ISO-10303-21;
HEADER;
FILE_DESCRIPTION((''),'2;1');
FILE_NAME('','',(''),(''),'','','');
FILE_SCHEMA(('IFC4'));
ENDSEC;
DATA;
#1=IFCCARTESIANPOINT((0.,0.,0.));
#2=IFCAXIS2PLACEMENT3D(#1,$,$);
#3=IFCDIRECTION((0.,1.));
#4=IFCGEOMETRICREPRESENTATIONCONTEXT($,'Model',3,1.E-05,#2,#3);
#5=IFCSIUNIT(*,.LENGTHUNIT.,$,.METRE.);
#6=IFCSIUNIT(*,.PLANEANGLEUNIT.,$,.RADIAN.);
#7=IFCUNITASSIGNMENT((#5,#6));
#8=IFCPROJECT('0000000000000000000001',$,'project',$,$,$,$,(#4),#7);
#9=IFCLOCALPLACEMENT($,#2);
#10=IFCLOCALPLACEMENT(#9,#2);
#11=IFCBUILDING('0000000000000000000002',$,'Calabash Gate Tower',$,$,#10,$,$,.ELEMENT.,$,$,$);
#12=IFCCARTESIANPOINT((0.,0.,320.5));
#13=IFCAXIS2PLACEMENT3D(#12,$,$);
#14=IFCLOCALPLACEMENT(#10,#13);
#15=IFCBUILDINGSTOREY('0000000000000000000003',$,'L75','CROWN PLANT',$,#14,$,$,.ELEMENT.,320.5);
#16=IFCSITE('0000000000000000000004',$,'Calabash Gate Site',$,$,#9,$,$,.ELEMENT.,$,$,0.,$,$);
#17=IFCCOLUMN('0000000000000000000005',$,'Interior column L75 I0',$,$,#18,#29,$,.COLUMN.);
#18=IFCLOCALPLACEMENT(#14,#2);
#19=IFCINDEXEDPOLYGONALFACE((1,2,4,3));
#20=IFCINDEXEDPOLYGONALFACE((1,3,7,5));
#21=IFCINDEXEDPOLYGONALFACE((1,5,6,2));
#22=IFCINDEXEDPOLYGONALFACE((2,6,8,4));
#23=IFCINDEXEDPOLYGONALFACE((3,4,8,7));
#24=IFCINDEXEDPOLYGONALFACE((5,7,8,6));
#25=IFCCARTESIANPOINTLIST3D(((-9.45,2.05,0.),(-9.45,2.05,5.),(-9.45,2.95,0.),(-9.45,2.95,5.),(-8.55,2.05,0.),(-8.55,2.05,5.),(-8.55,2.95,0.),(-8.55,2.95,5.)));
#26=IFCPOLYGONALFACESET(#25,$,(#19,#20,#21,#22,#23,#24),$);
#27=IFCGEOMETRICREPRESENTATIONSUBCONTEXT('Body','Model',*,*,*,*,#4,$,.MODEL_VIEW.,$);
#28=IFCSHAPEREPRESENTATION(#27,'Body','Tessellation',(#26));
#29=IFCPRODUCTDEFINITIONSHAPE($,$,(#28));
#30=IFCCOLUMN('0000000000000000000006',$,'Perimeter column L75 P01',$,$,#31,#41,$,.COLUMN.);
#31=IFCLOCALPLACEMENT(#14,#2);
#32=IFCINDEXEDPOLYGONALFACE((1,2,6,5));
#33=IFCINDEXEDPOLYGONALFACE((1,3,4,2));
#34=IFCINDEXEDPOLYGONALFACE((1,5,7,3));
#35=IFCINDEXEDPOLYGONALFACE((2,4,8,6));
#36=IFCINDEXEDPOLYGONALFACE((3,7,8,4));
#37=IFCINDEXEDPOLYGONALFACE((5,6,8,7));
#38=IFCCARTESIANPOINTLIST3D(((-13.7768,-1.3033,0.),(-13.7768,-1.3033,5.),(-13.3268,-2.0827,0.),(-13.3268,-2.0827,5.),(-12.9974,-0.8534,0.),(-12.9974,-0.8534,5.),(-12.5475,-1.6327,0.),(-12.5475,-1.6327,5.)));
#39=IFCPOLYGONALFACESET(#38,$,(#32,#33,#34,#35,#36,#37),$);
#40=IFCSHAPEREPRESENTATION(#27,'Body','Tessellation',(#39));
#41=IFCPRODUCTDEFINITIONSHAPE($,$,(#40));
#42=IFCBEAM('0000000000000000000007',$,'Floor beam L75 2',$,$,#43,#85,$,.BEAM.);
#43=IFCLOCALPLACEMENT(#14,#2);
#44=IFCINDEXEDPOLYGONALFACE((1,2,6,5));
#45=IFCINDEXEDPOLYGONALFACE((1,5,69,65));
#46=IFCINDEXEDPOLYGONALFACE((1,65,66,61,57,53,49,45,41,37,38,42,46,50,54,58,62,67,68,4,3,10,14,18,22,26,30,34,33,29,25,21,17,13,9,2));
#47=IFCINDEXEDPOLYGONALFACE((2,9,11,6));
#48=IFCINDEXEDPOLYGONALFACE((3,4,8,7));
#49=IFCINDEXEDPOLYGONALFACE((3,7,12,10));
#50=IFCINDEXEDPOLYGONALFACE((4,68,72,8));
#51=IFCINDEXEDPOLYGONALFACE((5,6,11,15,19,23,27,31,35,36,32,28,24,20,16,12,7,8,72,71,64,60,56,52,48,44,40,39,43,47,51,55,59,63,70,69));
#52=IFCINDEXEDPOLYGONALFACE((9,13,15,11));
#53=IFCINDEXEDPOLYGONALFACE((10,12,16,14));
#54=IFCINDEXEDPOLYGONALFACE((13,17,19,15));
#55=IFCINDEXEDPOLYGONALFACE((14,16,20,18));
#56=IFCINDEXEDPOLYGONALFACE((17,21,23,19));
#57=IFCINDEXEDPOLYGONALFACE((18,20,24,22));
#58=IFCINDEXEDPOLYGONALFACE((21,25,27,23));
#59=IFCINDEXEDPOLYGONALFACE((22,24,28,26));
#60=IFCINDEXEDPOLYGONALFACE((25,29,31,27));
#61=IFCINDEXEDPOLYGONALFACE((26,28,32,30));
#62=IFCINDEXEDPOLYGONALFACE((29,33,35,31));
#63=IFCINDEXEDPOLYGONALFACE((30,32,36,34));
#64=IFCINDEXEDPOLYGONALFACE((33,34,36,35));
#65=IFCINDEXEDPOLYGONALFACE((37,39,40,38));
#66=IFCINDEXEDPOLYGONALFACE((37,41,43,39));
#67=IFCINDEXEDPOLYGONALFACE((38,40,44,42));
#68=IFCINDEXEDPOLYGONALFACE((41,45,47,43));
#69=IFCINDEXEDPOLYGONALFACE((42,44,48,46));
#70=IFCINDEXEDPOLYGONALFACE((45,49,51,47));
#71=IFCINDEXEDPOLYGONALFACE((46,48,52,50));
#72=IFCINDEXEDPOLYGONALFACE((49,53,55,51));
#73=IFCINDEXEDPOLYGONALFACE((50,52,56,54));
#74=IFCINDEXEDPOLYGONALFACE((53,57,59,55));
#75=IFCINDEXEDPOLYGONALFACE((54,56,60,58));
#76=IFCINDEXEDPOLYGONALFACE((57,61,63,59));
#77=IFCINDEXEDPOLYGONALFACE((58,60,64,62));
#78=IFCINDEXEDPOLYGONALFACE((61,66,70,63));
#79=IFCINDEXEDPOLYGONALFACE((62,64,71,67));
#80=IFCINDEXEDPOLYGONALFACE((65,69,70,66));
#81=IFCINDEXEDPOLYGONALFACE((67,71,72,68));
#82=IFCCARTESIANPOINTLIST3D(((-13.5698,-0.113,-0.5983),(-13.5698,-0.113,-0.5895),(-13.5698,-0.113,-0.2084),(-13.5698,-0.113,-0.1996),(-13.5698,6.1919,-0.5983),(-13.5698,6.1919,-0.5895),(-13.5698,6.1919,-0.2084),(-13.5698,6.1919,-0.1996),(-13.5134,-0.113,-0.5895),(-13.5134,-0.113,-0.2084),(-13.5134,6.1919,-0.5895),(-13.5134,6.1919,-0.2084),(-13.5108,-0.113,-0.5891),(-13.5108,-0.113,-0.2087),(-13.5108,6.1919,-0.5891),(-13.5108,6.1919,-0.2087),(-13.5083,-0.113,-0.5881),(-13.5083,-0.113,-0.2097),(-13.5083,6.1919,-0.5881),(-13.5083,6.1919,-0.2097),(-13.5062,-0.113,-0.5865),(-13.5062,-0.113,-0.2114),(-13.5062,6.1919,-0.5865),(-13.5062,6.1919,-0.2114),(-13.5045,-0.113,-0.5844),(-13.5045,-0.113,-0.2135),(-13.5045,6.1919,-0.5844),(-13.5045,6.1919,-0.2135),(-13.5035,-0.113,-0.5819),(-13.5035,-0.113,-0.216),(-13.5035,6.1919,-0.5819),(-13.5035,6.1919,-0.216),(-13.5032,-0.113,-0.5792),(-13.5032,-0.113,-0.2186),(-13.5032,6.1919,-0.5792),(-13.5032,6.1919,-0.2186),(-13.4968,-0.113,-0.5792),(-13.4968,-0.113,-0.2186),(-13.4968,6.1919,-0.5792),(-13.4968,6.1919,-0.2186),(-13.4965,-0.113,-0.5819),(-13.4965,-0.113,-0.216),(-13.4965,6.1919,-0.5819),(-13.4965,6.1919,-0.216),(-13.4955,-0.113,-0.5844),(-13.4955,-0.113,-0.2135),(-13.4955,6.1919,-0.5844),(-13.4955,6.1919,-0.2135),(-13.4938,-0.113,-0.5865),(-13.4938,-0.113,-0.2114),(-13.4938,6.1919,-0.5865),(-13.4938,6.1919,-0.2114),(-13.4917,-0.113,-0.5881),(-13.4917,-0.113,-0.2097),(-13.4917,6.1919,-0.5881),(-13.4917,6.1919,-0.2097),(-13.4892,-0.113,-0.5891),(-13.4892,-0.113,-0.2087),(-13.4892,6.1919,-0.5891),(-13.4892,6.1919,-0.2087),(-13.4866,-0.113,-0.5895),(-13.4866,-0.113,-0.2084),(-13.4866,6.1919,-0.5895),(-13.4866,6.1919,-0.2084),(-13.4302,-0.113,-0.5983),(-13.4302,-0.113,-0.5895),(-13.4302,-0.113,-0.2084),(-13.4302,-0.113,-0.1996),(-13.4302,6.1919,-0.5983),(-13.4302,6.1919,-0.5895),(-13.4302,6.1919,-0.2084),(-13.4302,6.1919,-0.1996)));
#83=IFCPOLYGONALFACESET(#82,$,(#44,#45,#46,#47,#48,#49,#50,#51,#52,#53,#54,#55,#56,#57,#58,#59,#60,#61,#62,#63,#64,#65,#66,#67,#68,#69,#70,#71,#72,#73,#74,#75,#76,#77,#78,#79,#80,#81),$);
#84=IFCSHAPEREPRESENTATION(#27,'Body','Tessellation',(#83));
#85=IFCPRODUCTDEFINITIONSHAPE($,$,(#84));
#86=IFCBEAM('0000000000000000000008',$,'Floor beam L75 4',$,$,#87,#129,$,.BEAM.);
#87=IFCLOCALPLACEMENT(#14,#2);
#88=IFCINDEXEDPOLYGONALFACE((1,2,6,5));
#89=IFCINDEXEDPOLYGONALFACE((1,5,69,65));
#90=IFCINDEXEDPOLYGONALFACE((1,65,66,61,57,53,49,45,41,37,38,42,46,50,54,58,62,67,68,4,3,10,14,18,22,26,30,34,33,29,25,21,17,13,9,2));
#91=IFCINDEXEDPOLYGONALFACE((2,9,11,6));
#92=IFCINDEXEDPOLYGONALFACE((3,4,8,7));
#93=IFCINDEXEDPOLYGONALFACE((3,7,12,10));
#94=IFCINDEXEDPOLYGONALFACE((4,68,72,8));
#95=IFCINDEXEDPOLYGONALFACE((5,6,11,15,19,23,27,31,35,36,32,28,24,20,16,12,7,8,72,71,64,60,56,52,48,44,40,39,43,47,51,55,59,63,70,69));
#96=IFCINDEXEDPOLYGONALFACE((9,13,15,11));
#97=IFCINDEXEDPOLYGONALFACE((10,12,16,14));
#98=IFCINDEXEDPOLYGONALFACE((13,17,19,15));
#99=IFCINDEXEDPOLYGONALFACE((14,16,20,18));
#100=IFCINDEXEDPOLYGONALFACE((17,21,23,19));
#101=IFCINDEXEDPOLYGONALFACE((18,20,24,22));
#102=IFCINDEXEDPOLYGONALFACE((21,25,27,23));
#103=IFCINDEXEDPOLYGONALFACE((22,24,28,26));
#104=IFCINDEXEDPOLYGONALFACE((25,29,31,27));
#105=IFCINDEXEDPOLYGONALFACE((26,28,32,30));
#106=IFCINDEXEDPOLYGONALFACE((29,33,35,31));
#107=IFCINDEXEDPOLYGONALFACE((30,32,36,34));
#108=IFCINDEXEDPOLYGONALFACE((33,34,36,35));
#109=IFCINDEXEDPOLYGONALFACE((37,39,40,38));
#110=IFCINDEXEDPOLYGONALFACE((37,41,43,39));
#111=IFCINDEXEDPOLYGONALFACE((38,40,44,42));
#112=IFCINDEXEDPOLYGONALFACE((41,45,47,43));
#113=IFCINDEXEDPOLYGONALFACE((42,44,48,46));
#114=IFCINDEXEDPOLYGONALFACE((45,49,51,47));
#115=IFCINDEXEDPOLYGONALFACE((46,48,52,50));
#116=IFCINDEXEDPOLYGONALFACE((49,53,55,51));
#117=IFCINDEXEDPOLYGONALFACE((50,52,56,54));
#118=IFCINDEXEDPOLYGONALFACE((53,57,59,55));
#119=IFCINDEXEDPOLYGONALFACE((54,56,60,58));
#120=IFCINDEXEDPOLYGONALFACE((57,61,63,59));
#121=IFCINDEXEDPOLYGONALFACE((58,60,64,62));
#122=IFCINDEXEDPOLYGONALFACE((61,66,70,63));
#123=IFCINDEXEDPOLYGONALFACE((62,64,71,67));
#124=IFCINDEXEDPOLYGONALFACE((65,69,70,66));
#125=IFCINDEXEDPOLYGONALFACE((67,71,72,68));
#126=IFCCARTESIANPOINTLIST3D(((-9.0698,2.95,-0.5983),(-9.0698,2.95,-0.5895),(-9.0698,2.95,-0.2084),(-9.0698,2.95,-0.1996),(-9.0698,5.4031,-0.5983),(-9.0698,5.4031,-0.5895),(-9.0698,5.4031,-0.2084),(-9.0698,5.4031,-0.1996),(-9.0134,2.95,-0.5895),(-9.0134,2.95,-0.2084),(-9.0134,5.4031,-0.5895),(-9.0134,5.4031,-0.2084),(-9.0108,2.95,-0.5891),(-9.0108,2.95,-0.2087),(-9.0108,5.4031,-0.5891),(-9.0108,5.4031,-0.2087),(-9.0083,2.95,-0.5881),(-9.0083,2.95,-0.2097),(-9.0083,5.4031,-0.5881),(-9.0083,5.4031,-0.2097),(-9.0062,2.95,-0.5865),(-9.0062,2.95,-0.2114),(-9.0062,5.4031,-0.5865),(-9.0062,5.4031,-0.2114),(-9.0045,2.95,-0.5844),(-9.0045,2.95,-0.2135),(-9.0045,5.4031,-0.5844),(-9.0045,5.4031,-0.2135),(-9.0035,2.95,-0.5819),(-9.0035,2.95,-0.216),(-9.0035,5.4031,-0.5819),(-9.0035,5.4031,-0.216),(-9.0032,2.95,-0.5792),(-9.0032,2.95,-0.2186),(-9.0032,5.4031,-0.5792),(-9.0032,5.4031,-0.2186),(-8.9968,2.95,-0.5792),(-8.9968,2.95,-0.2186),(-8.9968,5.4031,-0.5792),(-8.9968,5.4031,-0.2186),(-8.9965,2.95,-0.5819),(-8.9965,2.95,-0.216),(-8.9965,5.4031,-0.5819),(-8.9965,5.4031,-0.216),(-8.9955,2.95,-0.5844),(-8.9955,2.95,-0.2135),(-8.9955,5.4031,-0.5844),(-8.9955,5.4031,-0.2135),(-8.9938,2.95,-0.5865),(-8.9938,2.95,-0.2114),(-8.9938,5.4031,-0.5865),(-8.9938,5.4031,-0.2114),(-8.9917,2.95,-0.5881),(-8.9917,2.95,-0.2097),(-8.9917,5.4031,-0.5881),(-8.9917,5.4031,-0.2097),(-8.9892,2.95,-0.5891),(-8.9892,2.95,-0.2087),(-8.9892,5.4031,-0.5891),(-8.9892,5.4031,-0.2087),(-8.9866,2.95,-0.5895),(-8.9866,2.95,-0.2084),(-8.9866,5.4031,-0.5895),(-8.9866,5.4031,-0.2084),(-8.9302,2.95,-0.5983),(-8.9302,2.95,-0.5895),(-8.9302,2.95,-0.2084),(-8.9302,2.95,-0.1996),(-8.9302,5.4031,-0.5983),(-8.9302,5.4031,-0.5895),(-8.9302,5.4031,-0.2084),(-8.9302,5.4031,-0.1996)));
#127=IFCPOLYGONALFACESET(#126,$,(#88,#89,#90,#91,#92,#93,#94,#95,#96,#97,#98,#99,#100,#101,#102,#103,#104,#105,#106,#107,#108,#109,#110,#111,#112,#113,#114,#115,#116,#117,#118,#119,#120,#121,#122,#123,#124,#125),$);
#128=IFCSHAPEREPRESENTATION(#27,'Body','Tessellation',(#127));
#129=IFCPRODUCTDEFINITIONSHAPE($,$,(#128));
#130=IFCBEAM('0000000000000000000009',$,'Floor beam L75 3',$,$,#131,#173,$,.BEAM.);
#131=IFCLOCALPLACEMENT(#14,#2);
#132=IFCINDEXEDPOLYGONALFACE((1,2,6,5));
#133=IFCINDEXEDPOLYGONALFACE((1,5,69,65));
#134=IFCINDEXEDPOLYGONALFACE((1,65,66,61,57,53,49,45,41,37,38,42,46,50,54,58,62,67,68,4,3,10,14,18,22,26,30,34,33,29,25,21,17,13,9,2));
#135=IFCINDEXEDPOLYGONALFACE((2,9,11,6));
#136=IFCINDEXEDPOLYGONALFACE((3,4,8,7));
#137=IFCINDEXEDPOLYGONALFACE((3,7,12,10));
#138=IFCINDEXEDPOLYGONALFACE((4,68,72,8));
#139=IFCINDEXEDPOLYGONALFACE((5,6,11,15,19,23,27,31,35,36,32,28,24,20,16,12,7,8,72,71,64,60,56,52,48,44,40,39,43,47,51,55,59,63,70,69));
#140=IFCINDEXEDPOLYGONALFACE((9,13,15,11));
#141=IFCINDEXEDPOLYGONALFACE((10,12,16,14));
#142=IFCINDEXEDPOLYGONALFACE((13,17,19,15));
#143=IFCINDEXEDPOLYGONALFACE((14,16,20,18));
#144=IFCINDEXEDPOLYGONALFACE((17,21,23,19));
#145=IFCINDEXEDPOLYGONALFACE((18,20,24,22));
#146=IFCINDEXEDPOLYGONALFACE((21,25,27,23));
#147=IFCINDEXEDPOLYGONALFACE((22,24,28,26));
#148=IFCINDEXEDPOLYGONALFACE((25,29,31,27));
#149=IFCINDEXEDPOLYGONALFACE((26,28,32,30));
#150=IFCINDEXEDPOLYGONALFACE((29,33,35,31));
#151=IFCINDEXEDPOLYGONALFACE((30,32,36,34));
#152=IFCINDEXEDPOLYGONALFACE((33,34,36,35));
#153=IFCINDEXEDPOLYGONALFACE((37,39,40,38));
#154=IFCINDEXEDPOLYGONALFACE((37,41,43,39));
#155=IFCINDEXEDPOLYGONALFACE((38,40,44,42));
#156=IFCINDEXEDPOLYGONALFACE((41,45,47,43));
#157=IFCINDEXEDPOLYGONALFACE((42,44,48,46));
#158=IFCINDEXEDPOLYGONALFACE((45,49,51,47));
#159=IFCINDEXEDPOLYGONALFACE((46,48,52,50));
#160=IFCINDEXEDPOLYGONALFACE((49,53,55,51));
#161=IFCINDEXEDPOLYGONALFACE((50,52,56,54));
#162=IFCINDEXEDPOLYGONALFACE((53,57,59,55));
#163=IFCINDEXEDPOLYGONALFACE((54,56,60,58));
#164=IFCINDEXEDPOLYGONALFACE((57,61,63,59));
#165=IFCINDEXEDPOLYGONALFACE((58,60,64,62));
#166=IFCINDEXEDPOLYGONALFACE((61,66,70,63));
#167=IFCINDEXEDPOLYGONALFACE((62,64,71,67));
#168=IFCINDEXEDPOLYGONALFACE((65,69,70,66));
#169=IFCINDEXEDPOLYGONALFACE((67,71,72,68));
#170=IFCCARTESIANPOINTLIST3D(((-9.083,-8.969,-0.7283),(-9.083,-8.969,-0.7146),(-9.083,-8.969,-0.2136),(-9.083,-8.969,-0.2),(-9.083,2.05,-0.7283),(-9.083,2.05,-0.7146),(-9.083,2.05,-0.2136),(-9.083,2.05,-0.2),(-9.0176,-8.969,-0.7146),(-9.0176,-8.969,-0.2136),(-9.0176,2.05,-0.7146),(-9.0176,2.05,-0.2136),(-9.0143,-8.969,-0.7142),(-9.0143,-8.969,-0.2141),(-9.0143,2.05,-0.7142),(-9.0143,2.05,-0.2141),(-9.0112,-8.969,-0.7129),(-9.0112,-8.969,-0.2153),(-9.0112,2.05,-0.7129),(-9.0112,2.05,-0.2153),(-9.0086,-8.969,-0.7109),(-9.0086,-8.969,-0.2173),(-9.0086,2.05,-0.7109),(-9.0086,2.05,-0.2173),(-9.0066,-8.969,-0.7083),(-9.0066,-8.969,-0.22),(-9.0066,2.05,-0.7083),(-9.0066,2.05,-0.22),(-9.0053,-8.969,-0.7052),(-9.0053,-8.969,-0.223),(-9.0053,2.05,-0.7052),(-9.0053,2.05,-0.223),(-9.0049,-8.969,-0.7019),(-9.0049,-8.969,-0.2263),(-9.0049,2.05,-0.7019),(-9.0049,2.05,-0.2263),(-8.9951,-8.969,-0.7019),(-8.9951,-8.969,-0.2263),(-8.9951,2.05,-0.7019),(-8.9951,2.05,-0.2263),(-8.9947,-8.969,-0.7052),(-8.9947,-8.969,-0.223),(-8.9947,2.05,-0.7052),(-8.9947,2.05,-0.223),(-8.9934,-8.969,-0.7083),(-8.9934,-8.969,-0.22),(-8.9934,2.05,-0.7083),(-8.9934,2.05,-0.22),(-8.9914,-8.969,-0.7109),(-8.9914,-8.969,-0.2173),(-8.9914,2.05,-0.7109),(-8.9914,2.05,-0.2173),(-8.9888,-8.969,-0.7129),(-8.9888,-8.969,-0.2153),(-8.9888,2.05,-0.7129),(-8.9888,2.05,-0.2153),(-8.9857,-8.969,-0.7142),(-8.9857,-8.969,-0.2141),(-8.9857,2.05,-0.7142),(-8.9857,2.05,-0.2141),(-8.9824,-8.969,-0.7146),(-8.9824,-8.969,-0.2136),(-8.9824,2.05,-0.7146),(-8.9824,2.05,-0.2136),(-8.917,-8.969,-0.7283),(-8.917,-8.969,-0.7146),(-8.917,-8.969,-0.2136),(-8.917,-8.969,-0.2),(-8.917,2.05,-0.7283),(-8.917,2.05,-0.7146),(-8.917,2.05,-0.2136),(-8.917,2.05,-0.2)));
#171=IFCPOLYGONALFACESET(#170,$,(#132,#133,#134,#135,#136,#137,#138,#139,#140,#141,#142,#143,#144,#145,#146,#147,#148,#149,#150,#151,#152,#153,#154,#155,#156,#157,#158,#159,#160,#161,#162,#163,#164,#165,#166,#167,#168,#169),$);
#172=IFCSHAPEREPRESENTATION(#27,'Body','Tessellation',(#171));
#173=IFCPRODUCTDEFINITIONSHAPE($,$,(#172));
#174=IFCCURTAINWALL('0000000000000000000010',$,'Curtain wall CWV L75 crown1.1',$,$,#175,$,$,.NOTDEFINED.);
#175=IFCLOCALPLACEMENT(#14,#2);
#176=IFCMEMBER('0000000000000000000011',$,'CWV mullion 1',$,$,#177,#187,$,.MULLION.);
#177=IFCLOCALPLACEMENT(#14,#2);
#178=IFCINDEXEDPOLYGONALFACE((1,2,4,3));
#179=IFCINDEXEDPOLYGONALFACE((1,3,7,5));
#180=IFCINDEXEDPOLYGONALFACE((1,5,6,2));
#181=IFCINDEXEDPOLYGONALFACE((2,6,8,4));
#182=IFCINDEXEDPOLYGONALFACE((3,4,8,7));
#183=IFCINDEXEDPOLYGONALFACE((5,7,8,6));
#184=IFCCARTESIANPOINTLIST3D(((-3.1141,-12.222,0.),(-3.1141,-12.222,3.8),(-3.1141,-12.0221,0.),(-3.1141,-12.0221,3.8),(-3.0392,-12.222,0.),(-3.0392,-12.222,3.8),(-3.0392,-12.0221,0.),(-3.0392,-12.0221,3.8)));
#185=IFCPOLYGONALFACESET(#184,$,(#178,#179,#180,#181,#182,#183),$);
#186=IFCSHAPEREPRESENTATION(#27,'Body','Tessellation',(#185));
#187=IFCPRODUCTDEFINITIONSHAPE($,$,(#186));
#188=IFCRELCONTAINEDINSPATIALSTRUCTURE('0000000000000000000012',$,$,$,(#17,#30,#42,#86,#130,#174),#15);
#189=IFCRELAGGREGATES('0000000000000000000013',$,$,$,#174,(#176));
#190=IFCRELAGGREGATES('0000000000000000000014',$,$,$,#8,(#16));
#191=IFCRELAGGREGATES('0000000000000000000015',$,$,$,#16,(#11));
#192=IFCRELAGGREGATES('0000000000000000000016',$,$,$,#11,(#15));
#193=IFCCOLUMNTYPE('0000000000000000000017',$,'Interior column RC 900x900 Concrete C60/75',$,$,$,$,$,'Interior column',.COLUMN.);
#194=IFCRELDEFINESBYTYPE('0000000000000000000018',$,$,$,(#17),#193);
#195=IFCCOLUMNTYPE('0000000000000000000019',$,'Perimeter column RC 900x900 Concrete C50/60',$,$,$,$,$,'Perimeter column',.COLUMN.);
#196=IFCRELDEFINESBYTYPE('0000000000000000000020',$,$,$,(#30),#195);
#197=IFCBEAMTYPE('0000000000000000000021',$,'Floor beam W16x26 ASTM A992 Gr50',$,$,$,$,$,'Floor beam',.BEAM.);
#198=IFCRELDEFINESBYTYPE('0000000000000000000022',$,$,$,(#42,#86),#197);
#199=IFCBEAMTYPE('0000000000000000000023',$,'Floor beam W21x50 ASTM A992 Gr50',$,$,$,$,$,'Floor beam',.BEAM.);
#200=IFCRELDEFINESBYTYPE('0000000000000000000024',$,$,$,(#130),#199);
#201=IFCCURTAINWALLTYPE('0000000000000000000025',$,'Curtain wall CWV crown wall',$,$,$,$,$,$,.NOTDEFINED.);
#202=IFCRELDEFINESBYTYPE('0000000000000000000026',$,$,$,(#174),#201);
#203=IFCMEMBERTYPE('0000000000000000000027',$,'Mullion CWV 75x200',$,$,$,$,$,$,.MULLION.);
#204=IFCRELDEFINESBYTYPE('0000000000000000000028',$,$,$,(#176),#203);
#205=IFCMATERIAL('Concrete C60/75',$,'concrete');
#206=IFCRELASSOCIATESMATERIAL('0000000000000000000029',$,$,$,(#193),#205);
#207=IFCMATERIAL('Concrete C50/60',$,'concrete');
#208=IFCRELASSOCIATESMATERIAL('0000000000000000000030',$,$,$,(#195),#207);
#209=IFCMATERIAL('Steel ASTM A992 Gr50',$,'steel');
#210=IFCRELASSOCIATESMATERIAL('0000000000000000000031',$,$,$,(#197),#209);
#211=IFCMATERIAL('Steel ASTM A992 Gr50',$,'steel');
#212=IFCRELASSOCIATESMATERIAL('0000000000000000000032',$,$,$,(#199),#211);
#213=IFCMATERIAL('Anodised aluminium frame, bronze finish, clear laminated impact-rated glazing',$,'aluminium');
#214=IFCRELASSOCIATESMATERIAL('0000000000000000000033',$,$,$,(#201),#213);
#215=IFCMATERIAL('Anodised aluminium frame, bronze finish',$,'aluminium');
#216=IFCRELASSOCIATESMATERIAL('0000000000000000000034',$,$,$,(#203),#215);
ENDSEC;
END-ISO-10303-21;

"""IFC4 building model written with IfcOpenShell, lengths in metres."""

from ifc_helpers import new_model, si_unit, direction, frame, origin, origin_2d, place, context, subcontext, project, spatial, rectangle, i_section, extrude, material, material_profile, profile_set, type_object, element, aggregate, save


model = new_model("IFC4")

# Units and contexts
model_context = context("Model", 3, precision=1e-05, world=origin(), true_north=direction((0.0, 1.0)))
body_context = subcontext(model_context, "Body", "Model", "MODEL_VIEW")
ifc_project = project(units=[si_unit("LENGTHUNIT", "METRE"), si_unit("PLANEANGLEUNIT", "RADIAN")], contexts=[model_context])

# Site, building, storey
site_placement = place(None, origin())
site = spatial("IfcSite", under=ifc_project, at=site_placement, Name="Calabash Gate Site", CompositionType="ELEMENT", RefElevation=0.0)
building_placement = place(site_placement, origin())
building = spatial("IfcBuilding", under=site, at=building_placement, Name="Calabash Gate Tower", CompositionType="ELEMENT")
storey_placement = place(building_placement, frame((0.0, 0.0, 320.5)))
storey = spatial("IfcBuildingStorey", under=building, at=storey_placement, Name="L75", Description="CROWN PLANT", CompositionType="ELEMENT", Elevation=320.5)

# Columns
ifc_material_1 = material(Name="Concrete C60/75", Category="concrete")
ifc_material_profile_1 = material_profile(ifc_material_1, rectangle(XDim=0.8999, YDim=0.8999, at=origin_2d()))
ifc_profile_set_1 = profile_set([ifc_material_profile_1], Name="Concrete C60/75")
column_type_1 = type_object("IfcColumnType", Name="Interior column RC 900x900 Concrete C60/75", ElementType="Interior column", PredefinedType="COLUMN", material=ifc_profile_set_1)
column_1_placement = place(storey_placement, frame((-9.0, 2.5, 0.0), z_axis=(0.0, 0.0, 1.0), x_axis=(1.0, 0.0, 0.0)))
element("IfcColumn", 1, at=column_1_placement, inside=storey, type_object=column_type_1, Name="Interior column L75 I0", PredefinedType="COLUMN", context=body_context, shape_type="SweptSolid", body=[
    extrude(rectangle(XDim=0.8999, YDim=0.8999, at=origin_2d()), origin(), (0.0, 0.0, 1.0), 5.0),
])
ifc_material_2 = material(Name="Concrete C50/60", Category="concrete")
ifc_material_profile_2 = material_profile(ifc_material_2, rectangle(XDim=0.8999, YDim=0.8999, at=origin_2d()))
ifc_profile_set_2 = profile_set([ifc_material_profile_2], Name="Concrete C50/60")
column_type_2 = type_object("IfcColumnType", Name="Perimeter column RC 900x900 Concrete C50/60", ElementType="Perimeter column", PredefinedType="COLUMN", material=ifc_profile_set_2)
column_2_placement = place(storey_placement, frame((-13.1621, -1.468, 0.0), z_axis=(0.0, 0.0, 1.0), x_axis=(0.5, -0.866025, 0.0)))
element("IfcColumn", 2, at=column_2_placement, inside=storey, type_object=column_type_2, Name="Perimeter column L75 P01", PredefinedType="COLUMN", context=body_context, shape_type="SweptSolid", body=[
    extrude(rectangle(XDim=0.8999, YDim=0.8999, at=origin_2d()), origin(), (0.0, 0.0, 1.0), 5.0),
])

# Beams
ifc_material_3 = material(Name="Steel ASTM A992 Gr50", Category="steel")
ifc_material_profile_3 = material_profile(ifc_material_3, i_section(OverallWidth=0.1396, OverallDepth=0.3987, WebThickness=0.0063, FlangeThickness=0.0088, FilletRadius=0.0103, at=origin_2d()))
ifc_profile_set_3 = profile_set([ifc_material_profile_3], Name="Steel ASTM A992 Gr50")
beam_type_1 = type_object("IfcBeamType", Name="Floor beam W16x26 ASTM A992 Gr50", ElementType="Floor beam", PredefinedType="BEAM", material=ifc_profile_set_3)
beam_1_placement = place(storey_placement, frame((-13.5, -0.113, -0.3989), z_axis=(0.0, 1.0, 0.0), x_axis=(-1.0, 0.0, 0.0)))
element("IfcBeam", 3, at=beam_1_placement, inside=storey, type_object=beam_type_1, Name="Floor beam L75 2", PredefinedType="BEAM", context=body_context, shape_type="SweptSolid", body=[
    extrude(i_section(OverallWidth=0.1396, OverallDepth=0.3987, WebThickness=0.0063, FlangeThickness=0.0088, FilletRadius=0.0103, at=origin_2d()), origin(), (0.0, 0.0, 1.0), 6.3049),
])
beam_2_placement = place(storey_placement, frame((-9.0, 2.95, -0.3989), z_axis=(0.0, 1.0, 0.0), x_axis=(-1.0, 0.0, 0.0)))
element("IfcBeam", 4, at=beam_2_placement, inside=storey, type_object=beam_type_1, Name="Floor beam L75 4", PredefinedType="BEAM", context=body_context, shape_type="SweptSolid", body=[
    extrude(i_section(OverallWidth=0.1396, OverallDepth=0.3987, WebThickness=0.0063, FlangeThickness=0.0088, FilletRadius=0.0103, at=origin_2d()), origin(), (0.0, 0.0, 1.0), 2.4531),
])
ifc_material_4 = material(Name="Steel ASTM A992 Gr50", Category="steel")
ifc_material_profile_4 = material_profile(ifc_material_4, i_section(OverallWidth=0.166, OverallDepth=0.5283, WebThickness=0.0098, FlangeThickness=0.0137, FilletRadius=0.0127, at=origin_2d()))
ifc_profile_set_4 = profile_set([ifc_material_profile_4], Name="Steel ASTM A992 Gr50")
beam_type_2 = type_object("IfcBeamType", Name="Floor beam W21x50 ASTM A992 Gr50", ElementType="Floor beam", PredefinedType="BEAM", material=ifc_profile_set_4)
beam_3_placement = place(storey_placement, frame((-9.0, -8.969, -0.4641), z_axis=(0.0, 1.0, 0.0), x_axis=(-1.0, 0.0, 0.0)))
element("IfcBeam", 5, at=beam_3_placement, inside=storey, type_object=beam_type_2, Name="Floor beam L75 3", PredefinedType="BEAM", context=body_context, shape_type="SweptSolid", body=[
    extrude(i_section(OverallWidth=0.166, OverallDepth=0.5283, WebThickness=0.0098, FlangeThickness=0.0137, FilletRadius=0.0127, at=origin_2d()), origin(), (0.0, 0.0, 1.0), 11.019),
])

# Curtain wall, member
ifc_material_5 = material(Name="Anodised aluminium frame, bronze finish, clear laminated impact-rated glazing", Category="aluminium")
curtain_wall_type = type_object("IfcCurtainWallType", Name="Curtain wall CWV crown wall", PredefinedType="NOTDEFINED", material=ifc_material_5)
curtain_wall_placement = place(storey_placement, origin())
curtain_wall = element("IfcCurtainWall", 6, at=curtain_wall_placement, inside=storey, type_object=curtain_wall_type, Name="Curtain wall CWV L75 crown1.1", PredefinedType="NOTDEFINED")
ifc_material_6 = material(Name="Anodised aluminium frame, bronze finish", Category="aluminium")
ifc_material_profile_5 = material_profile(ifc_material_6, rectangle(XDim=0.2, YDim=0.075, at=origin_2d()))
ifc_profile_set_5 = profile_set([ifc_material_profile_5], Name="Anodised aluminium frame, bronze finish")
member_type_1 = type_object("IfcMemberType", Name="Mullion CWV 75x200", PredefinedType="MULLION", material=ifc_profile_set_5)
member_1_placement = place(storey_placement, frame((-3.0767, -12.1221, 0.0), z_axis=(0.0, 0.0, 1.0), x_axis=(0.0, 1.0, 0.0)))
member_1 = element("IfcMember", 7, at=member_1_placement, type_object=member_type_1, Name="CWV mullion 1", PredefinedType="MULLION", context=body_context, shape_type="SweptSolid", body=[
    extrude(rectangle(XDim=0.2, YDim=0.075, at=origin_2d()), origin(), (0.0, 0.0, 1.0), 3.8),
])
aggregate(curtain_wall, [member_1])

save(model, "model.ifc")
